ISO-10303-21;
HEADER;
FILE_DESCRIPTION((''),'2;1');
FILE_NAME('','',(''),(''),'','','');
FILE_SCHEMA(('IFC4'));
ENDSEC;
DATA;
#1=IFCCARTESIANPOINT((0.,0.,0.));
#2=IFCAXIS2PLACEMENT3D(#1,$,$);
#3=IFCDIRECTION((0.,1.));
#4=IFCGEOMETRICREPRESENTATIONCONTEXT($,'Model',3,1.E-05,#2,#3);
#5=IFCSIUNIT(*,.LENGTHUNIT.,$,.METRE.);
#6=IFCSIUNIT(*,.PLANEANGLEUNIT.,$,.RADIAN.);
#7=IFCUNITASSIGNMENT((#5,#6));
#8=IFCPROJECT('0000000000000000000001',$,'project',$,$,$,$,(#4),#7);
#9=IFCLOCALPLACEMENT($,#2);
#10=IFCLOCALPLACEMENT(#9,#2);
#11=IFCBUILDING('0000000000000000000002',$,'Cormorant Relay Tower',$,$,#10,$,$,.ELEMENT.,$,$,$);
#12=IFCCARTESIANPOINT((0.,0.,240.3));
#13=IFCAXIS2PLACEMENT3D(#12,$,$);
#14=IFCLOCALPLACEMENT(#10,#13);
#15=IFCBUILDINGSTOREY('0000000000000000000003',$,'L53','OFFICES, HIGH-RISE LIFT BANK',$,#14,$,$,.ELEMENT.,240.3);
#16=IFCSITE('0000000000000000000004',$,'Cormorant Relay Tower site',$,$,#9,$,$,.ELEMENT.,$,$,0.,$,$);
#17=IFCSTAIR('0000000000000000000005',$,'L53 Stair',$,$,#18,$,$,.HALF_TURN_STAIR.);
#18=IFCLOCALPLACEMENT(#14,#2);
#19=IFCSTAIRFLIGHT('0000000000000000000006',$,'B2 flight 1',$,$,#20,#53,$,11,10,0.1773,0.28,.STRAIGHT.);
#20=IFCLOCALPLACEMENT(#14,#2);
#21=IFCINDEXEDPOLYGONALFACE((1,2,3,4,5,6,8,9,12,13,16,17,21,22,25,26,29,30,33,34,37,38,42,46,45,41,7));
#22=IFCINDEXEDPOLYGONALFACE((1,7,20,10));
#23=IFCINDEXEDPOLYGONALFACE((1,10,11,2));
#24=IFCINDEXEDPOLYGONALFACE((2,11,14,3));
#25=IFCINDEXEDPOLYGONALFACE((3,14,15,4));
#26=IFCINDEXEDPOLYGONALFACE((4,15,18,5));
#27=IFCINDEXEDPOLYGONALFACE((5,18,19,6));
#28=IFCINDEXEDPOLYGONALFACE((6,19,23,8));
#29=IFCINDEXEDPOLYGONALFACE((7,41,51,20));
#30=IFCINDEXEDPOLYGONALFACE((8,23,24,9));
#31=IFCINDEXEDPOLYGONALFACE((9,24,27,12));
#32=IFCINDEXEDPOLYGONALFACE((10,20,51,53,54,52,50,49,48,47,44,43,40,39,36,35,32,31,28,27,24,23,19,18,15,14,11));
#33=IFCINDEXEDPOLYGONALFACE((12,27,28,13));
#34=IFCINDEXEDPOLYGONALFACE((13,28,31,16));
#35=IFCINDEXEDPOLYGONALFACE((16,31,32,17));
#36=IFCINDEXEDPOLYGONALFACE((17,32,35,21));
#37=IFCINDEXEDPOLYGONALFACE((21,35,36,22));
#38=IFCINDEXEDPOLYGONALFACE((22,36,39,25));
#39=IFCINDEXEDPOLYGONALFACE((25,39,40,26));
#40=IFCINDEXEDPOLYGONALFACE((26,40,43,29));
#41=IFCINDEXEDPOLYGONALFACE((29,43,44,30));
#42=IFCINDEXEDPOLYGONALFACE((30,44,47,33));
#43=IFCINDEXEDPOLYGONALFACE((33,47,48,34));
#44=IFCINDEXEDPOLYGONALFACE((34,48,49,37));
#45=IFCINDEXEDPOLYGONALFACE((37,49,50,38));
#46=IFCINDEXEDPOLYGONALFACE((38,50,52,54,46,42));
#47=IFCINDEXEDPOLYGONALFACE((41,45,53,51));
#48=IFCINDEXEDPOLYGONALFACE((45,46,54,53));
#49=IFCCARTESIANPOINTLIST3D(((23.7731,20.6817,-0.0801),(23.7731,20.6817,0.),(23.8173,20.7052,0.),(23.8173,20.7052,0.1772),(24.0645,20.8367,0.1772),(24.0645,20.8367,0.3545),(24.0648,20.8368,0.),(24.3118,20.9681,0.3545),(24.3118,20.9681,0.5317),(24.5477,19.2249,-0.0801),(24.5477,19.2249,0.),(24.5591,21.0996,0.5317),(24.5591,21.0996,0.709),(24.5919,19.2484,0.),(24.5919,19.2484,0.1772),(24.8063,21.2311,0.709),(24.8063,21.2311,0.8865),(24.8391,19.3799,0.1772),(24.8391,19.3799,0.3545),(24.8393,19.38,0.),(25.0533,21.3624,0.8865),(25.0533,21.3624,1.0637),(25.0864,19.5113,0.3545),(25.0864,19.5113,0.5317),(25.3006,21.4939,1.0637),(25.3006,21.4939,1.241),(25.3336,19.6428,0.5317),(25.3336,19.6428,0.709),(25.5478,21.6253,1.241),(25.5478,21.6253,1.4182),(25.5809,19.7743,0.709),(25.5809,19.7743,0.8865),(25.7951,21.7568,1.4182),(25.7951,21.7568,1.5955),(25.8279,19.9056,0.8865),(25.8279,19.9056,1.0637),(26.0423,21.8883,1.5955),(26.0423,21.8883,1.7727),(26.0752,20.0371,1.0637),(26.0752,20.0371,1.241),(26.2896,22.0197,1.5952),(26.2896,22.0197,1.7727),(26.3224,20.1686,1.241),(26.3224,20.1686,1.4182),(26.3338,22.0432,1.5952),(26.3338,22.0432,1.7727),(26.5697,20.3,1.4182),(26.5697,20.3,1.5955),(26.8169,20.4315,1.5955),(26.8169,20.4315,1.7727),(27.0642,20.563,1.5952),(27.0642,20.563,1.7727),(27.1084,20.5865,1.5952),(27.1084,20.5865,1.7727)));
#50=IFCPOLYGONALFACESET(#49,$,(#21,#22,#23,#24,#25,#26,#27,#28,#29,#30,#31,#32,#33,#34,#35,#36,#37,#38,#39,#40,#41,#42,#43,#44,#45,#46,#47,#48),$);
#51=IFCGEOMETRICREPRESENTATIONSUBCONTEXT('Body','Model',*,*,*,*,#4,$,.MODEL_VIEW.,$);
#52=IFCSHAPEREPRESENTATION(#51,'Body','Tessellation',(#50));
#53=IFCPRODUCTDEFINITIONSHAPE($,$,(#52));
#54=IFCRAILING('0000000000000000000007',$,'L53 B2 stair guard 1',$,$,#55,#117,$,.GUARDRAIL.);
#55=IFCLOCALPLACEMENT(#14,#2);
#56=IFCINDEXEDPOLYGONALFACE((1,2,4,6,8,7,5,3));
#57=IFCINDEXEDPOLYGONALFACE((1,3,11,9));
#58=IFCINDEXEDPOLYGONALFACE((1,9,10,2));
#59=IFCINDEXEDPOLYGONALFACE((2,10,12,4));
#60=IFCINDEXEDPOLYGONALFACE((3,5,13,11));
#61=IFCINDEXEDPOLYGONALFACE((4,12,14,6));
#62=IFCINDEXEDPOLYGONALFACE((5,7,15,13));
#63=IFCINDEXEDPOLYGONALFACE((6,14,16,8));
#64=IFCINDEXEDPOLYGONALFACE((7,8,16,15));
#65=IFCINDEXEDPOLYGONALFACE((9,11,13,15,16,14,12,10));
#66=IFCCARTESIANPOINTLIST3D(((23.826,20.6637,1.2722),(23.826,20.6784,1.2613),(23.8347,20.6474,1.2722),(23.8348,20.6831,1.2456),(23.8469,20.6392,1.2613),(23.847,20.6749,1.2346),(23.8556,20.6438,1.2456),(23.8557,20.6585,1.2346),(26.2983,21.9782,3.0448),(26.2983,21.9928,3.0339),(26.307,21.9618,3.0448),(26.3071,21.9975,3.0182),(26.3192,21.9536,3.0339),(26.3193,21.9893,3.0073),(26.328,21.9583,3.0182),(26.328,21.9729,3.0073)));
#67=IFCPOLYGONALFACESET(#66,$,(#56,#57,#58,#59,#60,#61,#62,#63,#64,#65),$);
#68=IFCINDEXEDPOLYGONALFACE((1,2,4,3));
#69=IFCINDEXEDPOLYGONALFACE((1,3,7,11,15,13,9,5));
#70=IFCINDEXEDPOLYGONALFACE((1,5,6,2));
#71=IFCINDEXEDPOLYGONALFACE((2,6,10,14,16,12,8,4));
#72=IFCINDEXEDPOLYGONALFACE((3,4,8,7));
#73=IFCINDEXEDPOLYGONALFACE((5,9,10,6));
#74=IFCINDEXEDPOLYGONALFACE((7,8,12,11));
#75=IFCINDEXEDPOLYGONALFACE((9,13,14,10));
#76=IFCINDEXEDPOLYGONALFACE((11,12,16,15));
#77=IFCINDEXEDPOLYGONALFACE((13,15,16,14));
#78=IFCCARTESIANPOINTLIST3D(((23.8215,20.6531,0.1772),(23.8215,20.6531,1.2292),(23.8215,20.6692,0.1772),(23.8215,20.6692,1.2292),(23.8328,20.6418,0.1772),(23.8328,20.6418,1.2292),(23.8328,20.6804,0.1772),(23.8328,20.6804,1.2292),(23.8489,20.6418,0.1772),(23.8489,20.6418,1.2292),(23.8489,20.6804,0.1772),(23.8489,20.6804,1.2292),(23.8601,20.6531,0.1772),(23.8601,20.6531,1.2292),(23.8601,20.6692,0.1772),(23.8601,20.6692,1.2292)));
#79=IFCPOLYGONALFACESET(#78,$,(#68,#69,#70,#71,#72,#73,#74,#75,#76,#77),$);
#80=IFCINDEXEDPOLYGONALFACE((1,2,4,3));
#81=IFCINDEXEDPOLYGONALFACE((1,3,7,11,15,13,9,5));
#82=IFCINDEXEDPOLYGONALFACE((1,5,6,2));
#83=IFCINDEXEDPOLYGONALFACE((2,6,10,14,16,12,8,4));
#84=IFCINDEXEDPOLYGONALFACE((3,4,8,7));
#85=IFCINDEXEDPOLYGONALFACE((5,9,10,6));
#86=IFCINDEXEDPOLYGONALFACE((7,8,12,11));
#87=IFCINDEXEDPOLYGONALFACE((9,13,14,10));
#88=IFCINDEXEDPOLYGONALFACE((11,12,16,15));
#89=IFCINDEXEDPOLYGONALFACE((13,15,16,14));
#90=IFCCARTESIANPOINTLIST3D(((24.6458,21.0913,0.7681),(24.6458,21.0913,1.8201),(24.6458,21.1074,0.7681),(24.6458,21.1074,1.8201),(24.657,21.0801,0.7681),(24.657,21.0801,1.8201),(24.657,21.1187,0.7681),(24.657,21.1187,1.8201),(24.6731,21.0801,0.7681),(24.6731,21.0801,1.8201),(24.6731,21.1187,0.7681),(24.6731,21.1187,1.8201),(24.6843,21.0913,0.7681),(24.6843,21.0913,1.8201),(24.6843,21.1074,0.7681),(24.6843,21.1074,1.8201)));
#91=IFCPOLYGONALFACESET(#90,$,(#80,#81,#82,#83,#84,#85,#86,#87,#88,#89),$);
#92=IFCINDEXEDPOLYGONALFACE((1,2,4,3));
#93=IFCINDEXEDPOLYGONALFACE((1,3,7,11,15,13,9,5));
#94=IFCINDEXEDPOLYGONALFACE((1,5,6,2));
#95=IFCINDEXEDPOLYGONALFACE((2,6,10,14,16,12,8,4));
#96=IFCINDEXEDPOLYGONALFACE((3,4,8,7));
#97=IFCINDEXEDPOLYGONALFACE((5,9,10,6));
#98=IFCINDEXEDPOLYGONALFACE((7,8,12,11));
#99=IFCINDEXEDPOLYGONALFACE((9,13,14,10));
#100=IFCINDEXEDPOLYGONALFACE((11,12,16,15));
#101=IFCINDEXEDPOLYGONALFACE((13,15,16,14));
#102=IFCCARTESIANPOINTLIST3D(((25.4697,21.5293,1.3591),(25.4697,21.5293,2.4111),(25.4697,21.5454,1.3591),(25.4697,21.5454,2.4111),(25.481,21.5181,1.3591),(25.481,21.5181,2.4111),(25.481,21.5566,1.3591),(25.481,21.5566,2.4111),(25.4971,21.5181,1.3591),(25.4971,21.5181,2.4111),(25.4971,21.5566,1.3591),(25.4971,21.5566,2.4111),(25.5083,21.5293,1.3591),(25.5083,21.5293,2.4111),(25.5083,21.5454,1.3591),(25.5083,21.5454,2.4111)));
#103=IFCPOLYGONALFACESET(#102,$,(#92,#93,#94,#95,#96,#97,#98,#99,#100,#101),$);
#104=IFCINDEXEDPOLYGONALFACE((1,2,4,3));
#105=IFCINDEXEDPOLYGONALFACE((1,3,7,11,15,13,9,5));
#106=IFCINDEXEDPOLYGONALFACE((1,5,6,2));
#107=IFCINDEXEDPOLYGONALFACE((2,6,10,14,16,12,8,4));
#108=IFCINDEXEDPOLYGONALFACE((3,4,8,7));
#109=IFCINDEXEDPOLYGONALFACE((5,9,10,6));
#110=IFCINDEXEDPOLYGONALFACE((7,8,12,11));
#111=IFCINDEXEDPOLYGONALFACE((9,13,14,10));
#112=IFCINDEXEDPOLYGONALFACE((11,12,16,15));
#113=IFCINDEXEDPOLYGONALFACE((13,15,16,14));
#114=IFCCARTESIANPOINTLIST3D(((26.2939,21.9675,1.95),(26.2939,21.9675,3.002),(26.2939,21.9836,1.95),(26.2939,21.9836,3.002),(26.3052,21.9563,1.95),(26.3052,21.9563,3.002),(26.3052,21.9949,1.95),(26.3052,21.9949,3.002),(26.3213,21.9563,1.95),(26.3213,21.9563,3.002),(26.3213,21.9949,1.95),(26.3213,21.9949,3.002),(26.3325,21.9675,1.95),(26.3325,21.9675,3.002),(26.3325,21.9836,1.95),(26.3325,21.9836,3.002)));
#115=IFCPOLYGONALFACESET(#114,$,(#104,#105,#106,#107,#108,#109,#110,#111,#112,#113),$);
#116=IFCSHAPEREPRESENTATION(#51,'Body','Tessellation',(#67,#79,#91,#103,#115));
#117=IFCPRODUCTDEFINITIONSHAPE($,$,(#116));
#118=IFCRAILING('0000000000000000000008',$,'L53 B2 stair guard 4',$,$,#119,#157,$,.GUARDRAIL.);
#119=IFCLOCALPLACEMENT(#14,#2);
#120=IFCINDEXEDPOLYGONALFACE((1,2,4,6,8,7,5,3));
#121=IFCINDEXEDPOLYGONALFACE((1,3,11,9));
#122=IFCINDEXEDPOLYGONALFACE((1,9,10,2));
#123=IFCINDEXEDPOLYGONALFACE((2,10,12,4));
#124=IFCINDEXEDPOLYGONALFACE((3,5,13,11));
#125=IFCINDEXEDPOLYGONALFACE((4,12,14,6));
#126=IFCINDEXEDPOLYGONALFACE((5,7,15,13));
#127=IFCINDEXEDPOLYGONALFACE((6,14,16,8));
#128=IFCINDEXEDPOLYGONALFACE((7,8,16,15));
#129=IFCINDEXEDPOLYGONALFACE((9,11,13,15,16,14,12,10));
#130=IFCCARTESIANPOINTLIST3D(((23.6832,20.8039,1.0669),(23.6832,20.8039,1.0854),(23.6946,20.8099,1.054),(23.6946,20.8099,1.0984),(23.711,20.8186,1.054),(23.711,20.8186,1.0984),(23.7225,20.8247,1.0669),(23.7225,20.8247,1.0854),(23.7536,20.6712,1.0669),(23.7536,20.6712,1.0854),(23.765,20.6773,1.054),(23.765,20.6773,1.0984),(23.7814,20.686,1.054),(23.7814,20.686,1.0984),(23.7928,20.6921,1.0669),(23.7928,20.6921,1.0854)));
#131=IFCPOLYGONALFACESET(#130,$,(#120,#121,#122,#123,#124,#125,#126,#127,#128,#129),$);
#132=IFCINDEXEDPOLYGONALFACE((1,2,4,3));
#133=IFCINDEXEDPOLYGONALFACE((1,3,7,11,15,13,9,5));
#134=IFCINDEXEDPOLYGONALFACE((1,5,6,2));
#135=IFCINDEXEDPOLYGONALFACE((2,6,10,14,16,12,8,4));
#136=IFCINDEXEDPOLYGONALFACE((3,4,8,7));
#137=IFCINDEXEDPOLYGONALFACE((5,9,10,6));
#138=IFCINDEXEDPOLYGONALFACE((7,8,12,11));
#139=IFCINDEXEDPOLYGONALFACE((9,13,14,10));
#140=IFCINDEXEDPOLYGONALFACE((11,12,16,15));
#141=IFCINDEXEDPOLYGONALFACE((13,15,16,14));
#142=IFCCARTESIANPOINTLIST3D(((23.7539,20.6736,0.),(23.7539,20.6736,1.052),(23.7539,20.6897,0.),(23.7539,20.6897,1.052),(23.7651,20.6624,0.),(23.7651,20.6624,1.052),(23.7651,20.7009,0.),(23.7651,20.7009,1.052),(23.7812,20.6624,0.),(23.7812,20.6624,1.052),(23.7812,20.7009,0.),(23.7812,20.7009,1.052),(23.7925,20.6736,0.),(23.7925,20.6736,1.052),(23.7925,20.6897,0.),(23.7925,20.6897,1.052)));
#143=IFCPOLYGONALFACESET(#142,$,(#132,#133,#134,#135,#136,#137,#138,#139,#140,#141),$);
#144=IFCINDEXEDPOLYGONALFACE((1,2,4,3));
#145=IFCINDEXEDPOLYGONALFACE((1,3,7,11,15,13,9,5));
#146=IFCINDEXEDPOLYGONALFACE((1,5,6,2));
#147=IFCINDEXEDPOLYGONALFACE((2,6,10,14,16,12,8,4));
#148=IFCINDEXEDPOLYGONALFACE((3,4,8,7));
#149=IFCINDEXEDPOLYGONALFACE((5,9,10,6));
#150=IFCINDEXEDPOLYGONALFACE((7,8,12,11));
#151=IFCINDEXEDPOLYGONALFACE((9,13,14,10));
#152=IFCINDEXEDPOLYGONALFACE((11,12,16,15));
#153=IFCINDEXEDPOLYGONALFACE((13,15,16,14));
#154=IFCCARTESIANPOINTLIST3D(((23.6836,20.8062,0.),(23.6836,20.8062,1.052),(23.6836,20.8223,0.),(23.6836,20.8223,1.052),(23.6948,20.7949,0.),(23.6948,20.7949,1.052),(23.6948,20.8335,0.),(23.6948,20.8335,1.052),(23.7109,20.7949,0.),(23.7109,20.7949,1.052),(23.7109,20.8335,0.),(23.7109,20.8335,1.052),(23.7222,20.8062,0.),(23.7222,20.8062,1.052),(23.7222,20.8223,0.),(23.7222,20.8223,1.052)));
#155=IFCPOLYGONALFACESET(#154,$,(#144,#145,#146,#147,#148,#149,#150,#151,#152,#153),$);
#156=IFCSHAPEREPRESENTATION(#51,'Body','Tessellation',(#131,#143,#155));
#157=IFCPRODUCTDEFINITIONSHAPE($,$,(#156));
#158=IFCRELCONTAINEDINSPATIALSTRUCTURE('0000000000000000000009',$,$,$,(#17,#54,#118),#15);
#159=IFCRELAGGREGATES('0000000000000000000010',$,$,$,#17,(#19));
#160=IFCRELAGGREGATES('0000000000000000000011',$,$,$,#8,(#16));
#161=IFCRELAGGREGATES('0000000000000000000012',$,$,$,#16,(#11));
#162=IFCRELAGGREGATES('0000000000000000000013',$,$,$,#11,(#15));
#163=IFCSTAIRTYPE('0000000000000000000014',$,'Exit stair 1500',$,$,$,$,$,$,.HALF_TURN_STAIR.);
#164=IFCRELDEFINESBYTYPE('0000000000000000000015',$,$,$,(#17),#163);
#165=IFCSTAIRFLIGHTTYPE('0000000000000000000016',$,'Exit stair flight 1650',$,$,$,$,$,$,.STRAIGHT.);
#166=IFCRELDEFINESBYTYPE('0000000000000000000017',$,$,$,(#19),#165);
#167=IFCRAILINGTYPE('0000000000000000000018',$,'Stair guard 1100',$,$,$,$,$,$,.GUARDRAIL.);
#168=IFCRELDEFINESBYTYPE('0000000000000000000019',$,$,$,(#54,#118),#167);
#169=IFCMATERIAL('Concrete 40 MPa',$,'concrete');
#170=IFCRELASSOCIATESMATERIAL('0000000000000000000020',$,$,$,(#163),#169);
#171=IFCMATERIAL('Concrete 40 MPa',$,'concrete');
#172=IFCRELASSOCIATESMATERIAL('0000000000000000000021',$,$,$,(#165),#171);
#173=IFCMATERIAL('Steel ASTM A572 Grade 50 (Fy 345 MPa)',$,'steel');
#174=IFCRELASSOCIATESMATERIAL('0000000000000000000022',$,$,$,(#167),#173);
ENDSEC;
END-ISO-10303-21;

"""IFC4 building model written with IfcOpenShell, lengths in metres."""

from ifc_helpers import new_model, si_unit, direction, frame, origin, place, context, subcontext, project, spatial, polyline, outline, extrude, material, type_object, element, aggregate, save


model = new_model("IFC4")

# Units and contexts
model_context = context("Model", 3, precision=1e-05, world=origin(), true_north=direction((0.0, 1.0)))
body_context = subcontext(model_context, "Body", "Model", "MODEL_VIEW")
ifc_project = project(units=[si_unit("LENGTHUNIT", "METRE"), si_unit("PLANEANGLEUNIT", "RADIAN")], contexts=[model_context])

# Site, building, storey
site_placement = place(None, origin())
site = spatial("IfcSite", under=ifc_project, at=site_placement, Name="Cormorant Relay Tower site", CompositionType="ELEMENT", RefElevation=0.0)
building_placement = place(site_placement, origin())
building = spatial("IfcBuilding", under=site, at=building_placement, Name="Cormorant Relay Tower", CompositionType="ELEMENT")
storey_placement = place(building_placement, frame((0.0, 0.0, 240.3)))
storey = spatial("IfcBuildingStorey", under=building, at=storey_placement, Name="L53", Description="OFFICES, HIGH-RISE LIFT BANK", CompositionType="ELEMENT", Elevation=240.3)

# Stair, stair flight
ifc_material_1 = material(Name="Concrete 40 MPa", Category="concrete")
stair_type = type_object("IfcStairType", Name="Exit stair 1500", PredefinedType="HALF_TURN_STAIR", material=ifc_material_1)
stair_placement = place(storey_placement, origin())
stair = element("IfcStair", 1, at=stair_placement, inside=storey, type_object=stair_type, Name="L53 Stair", PredefinedType="HALF_TURN_STAIR")
ifc_material_2 = material(Name="Concrete 40 MPa", Category="concrete")
stair_flight_type = type_object("IfcStairFlightType", Name="Exit stair flight 1650", PredefinedType="STRAIGHT", material=ifc_material_2)
stair_flight_placement = place(storey_placement, frame((24.2046, 19.9768, 0.0), z_axis=(0.0, 0.0, 1.0), x_axis=(0.882948, 0.469472, 0.0)))
stair_flight = element("IfcStairFlight", 2, at=stair_flight_placement, type_object=stair_flight_type, Name="B2 flight 1", NumberOfRisers=11, NumberOfTreads=10, PredefinedType="STRAIGHT", RiserHeight=0.1773, TreadLength=0.28, context=body_context, shape_type="SweptSolid", body=[
    extrude(outline(polyline([(-0.05, -0.0801), (-0.05, 0.0), (0.0, 0.0), (0.0, 0.1772), (0.28, 0.1772), (0.28, 0.3545), (0.5601, 0.3545), (0.5601, 0.5317), (0.8401, 0.5317), (0.8401, 0.709), (1.1201, 0.709), (1.1201, 0.8865), (1.3999, 0.8865), (1.3999, 1.0637), (1.6799, 1.0637), (1.6799, 1.241), (1.96, 1.241), (1.96, 1.4182), (2.24, 1.4182), (2.24, 1.5955), (2.52, 1.5955), (2.52, 1.7727), (2.8, 1.7727), (2.8501, 1.7727), (2.8501, 1.5952), (2.8, 1.5952), (0.2803, 0.0), (-0.05, -0.0801)])), frame((0.0, 0.825, 0.0), z_axis=(0.0, -1.0, 0.0), x_axis=(1.0, 0.0, 0.0)), (0.0, 0.0, 1.0), 1.6499),
])
aggregate(stair, [stair_flight])

# Railings
ifc_material_3 = material(Name="Steel ASTM A572 Grade 50 (Fy 345 MPa)", Category="steel")
railing_type_1 = type_object("IfcRailingType", Name="Stair guard 1100", PredefinedType="GUARDRAIL", material=ifc_material_3)
railing_1_placement = place(storey_placement, frame((23.8408, 20.6611, 0.1772)))
element("IfcRailing", 3, at=railing_1_placement, inside=storey, type_object=railing_type_1, Name="L53 B2 stair guard 1", PredefinedType="GUARDRAIL", context=body_context, shape_type="SweptSolid", body=[
    extrude(outline(polyline([(0.0222, 0.0093), (0.0093, 0.0222), (-0.0093, 0.0222), (-0.0222, 0.0093), (-0.0222, -0.0093), (-0.0093, -0.0222), (0.0093, -0.0222), (0.0222, -0.0093), (0.0222, 0.0093)])), frame((0.0, 0.0, 1.0762), z_axis=(0.746034, 0.396627, 0.534902), x_axis=(-0.469429, 0.88297, 0.0)), (0.0, 0.0, 1.0), 3.314),
    extrude(outline(polyline([(0.0193, 0.0081), (0.0081, 0.0193), (-0.0081, 0.0193), (-0.0193, 0.0081), (-0.0193, -0.0081), (-0.0081, -0.0193), (0.0081, -0.0193), (0.0193, -0.0081), (0.0193, 0.0081)])), origin(), (0.0, 0.0, 1.0), 1.052),
    extrude(outline(polyline([(0.0193, 0.0081), (0.0081, 0.0193), (-0.0081, 0.0193), (-0.0193, 0.0081), (-0.0193, -0.0081), (-0.0081, -0.0193), (0.0081, -0.0193), (0.0193, -0.0081), (0.0193, 0.0081)])), frame((0.8242, 0.4382, 0.5908)), (0.0, 0.0, 1.0), 1.052),
    extrude(outline(polyline([(0.0193, 0.0081), (0.0081, 0.0193), (-0.0081, 0.0193), (-0.0193, 0.0081), (-0.0193, -0.0081), (-0.0081, -0.0193), (0.0081, -0.0193), (0.0193, -0.0081), (0.0193, 0.0081)])), frame((1.6482, 0.8762, 1.1819)), (0.0, 0.0, 1.0), 1.052),
    extrude(outline(polyline([(0.0193, 0.0081), (0.0081, 0.0193), (-0.0081, 0.0193), (-0.0193, 0.0081), (-0.0193, -0.0081), (-0.0081, -0.0193), (0.0081, -0.0193), (0.0193, -0.0081), (0.0193, 0.0081)])), frame((2.4724, 1.3145, 1.7727)), (0.0, 0.0, 1.0), 1.052),
])
railing_2_placement = place(storey_placement, frame((23.7732, 20.6816, 0.0)))
element("IfcRailing", 4, at=railing_2_placement, inside=storey, type_object=railing_type_1, Name="L53 B2 stair guard 4", PredefinedType="GUARDRAIL", context=body_context, shape_type="SweptSolid", body=[
    extrude(outline(polyline([(0.0222, 0.0093), (0.0093, 0.0222), (-0.0093, 0.0222), (-0.0222, 0.0093), (-0.0222, -0.0093), (-0.0093, -0.0222), (0.0093, -0.0222), (0.0222, -0.0093), (0.0222, 0.0093)])), frame((0.0, 0.0, 1.0762), z_axis=(-0.46856, 0.883431, 0.0), x_axis=(-0.883431, -0.46856, 0.0)), (0.0, 0.0, 1.0), 0.1501),
    extrude(outline(polyline([(0.0193, 0.0081), (0.0081, 0.0193), (-0.0081, 0.0193), (-0.0193, 0.0081), (-0.0193, -0.0081), (-0.0081, -0.0193), (0.0081, -0.0193), (0.0193, -0.0081), (0.0193, 0.0081)])), origin(), (0.0, 0.0, 1.0), 1.052),
    extrude(outline(polyline([(0.0193, 0.0081), (0.0081, 0.0193), (-0.0081, 0.0193), (-0.0193, 0.0081), (-0.0193, -0.0081), (-0.0081, -0.0193), (0.0081, -0.0193), (0.0193, -0.0081), (0.0193, 0.0081)])), frame((-0.0703, 0.1326, 0.0)), (0.0, 0.0, 1.0), 1.052),
])

save(model, "model.ifc")
